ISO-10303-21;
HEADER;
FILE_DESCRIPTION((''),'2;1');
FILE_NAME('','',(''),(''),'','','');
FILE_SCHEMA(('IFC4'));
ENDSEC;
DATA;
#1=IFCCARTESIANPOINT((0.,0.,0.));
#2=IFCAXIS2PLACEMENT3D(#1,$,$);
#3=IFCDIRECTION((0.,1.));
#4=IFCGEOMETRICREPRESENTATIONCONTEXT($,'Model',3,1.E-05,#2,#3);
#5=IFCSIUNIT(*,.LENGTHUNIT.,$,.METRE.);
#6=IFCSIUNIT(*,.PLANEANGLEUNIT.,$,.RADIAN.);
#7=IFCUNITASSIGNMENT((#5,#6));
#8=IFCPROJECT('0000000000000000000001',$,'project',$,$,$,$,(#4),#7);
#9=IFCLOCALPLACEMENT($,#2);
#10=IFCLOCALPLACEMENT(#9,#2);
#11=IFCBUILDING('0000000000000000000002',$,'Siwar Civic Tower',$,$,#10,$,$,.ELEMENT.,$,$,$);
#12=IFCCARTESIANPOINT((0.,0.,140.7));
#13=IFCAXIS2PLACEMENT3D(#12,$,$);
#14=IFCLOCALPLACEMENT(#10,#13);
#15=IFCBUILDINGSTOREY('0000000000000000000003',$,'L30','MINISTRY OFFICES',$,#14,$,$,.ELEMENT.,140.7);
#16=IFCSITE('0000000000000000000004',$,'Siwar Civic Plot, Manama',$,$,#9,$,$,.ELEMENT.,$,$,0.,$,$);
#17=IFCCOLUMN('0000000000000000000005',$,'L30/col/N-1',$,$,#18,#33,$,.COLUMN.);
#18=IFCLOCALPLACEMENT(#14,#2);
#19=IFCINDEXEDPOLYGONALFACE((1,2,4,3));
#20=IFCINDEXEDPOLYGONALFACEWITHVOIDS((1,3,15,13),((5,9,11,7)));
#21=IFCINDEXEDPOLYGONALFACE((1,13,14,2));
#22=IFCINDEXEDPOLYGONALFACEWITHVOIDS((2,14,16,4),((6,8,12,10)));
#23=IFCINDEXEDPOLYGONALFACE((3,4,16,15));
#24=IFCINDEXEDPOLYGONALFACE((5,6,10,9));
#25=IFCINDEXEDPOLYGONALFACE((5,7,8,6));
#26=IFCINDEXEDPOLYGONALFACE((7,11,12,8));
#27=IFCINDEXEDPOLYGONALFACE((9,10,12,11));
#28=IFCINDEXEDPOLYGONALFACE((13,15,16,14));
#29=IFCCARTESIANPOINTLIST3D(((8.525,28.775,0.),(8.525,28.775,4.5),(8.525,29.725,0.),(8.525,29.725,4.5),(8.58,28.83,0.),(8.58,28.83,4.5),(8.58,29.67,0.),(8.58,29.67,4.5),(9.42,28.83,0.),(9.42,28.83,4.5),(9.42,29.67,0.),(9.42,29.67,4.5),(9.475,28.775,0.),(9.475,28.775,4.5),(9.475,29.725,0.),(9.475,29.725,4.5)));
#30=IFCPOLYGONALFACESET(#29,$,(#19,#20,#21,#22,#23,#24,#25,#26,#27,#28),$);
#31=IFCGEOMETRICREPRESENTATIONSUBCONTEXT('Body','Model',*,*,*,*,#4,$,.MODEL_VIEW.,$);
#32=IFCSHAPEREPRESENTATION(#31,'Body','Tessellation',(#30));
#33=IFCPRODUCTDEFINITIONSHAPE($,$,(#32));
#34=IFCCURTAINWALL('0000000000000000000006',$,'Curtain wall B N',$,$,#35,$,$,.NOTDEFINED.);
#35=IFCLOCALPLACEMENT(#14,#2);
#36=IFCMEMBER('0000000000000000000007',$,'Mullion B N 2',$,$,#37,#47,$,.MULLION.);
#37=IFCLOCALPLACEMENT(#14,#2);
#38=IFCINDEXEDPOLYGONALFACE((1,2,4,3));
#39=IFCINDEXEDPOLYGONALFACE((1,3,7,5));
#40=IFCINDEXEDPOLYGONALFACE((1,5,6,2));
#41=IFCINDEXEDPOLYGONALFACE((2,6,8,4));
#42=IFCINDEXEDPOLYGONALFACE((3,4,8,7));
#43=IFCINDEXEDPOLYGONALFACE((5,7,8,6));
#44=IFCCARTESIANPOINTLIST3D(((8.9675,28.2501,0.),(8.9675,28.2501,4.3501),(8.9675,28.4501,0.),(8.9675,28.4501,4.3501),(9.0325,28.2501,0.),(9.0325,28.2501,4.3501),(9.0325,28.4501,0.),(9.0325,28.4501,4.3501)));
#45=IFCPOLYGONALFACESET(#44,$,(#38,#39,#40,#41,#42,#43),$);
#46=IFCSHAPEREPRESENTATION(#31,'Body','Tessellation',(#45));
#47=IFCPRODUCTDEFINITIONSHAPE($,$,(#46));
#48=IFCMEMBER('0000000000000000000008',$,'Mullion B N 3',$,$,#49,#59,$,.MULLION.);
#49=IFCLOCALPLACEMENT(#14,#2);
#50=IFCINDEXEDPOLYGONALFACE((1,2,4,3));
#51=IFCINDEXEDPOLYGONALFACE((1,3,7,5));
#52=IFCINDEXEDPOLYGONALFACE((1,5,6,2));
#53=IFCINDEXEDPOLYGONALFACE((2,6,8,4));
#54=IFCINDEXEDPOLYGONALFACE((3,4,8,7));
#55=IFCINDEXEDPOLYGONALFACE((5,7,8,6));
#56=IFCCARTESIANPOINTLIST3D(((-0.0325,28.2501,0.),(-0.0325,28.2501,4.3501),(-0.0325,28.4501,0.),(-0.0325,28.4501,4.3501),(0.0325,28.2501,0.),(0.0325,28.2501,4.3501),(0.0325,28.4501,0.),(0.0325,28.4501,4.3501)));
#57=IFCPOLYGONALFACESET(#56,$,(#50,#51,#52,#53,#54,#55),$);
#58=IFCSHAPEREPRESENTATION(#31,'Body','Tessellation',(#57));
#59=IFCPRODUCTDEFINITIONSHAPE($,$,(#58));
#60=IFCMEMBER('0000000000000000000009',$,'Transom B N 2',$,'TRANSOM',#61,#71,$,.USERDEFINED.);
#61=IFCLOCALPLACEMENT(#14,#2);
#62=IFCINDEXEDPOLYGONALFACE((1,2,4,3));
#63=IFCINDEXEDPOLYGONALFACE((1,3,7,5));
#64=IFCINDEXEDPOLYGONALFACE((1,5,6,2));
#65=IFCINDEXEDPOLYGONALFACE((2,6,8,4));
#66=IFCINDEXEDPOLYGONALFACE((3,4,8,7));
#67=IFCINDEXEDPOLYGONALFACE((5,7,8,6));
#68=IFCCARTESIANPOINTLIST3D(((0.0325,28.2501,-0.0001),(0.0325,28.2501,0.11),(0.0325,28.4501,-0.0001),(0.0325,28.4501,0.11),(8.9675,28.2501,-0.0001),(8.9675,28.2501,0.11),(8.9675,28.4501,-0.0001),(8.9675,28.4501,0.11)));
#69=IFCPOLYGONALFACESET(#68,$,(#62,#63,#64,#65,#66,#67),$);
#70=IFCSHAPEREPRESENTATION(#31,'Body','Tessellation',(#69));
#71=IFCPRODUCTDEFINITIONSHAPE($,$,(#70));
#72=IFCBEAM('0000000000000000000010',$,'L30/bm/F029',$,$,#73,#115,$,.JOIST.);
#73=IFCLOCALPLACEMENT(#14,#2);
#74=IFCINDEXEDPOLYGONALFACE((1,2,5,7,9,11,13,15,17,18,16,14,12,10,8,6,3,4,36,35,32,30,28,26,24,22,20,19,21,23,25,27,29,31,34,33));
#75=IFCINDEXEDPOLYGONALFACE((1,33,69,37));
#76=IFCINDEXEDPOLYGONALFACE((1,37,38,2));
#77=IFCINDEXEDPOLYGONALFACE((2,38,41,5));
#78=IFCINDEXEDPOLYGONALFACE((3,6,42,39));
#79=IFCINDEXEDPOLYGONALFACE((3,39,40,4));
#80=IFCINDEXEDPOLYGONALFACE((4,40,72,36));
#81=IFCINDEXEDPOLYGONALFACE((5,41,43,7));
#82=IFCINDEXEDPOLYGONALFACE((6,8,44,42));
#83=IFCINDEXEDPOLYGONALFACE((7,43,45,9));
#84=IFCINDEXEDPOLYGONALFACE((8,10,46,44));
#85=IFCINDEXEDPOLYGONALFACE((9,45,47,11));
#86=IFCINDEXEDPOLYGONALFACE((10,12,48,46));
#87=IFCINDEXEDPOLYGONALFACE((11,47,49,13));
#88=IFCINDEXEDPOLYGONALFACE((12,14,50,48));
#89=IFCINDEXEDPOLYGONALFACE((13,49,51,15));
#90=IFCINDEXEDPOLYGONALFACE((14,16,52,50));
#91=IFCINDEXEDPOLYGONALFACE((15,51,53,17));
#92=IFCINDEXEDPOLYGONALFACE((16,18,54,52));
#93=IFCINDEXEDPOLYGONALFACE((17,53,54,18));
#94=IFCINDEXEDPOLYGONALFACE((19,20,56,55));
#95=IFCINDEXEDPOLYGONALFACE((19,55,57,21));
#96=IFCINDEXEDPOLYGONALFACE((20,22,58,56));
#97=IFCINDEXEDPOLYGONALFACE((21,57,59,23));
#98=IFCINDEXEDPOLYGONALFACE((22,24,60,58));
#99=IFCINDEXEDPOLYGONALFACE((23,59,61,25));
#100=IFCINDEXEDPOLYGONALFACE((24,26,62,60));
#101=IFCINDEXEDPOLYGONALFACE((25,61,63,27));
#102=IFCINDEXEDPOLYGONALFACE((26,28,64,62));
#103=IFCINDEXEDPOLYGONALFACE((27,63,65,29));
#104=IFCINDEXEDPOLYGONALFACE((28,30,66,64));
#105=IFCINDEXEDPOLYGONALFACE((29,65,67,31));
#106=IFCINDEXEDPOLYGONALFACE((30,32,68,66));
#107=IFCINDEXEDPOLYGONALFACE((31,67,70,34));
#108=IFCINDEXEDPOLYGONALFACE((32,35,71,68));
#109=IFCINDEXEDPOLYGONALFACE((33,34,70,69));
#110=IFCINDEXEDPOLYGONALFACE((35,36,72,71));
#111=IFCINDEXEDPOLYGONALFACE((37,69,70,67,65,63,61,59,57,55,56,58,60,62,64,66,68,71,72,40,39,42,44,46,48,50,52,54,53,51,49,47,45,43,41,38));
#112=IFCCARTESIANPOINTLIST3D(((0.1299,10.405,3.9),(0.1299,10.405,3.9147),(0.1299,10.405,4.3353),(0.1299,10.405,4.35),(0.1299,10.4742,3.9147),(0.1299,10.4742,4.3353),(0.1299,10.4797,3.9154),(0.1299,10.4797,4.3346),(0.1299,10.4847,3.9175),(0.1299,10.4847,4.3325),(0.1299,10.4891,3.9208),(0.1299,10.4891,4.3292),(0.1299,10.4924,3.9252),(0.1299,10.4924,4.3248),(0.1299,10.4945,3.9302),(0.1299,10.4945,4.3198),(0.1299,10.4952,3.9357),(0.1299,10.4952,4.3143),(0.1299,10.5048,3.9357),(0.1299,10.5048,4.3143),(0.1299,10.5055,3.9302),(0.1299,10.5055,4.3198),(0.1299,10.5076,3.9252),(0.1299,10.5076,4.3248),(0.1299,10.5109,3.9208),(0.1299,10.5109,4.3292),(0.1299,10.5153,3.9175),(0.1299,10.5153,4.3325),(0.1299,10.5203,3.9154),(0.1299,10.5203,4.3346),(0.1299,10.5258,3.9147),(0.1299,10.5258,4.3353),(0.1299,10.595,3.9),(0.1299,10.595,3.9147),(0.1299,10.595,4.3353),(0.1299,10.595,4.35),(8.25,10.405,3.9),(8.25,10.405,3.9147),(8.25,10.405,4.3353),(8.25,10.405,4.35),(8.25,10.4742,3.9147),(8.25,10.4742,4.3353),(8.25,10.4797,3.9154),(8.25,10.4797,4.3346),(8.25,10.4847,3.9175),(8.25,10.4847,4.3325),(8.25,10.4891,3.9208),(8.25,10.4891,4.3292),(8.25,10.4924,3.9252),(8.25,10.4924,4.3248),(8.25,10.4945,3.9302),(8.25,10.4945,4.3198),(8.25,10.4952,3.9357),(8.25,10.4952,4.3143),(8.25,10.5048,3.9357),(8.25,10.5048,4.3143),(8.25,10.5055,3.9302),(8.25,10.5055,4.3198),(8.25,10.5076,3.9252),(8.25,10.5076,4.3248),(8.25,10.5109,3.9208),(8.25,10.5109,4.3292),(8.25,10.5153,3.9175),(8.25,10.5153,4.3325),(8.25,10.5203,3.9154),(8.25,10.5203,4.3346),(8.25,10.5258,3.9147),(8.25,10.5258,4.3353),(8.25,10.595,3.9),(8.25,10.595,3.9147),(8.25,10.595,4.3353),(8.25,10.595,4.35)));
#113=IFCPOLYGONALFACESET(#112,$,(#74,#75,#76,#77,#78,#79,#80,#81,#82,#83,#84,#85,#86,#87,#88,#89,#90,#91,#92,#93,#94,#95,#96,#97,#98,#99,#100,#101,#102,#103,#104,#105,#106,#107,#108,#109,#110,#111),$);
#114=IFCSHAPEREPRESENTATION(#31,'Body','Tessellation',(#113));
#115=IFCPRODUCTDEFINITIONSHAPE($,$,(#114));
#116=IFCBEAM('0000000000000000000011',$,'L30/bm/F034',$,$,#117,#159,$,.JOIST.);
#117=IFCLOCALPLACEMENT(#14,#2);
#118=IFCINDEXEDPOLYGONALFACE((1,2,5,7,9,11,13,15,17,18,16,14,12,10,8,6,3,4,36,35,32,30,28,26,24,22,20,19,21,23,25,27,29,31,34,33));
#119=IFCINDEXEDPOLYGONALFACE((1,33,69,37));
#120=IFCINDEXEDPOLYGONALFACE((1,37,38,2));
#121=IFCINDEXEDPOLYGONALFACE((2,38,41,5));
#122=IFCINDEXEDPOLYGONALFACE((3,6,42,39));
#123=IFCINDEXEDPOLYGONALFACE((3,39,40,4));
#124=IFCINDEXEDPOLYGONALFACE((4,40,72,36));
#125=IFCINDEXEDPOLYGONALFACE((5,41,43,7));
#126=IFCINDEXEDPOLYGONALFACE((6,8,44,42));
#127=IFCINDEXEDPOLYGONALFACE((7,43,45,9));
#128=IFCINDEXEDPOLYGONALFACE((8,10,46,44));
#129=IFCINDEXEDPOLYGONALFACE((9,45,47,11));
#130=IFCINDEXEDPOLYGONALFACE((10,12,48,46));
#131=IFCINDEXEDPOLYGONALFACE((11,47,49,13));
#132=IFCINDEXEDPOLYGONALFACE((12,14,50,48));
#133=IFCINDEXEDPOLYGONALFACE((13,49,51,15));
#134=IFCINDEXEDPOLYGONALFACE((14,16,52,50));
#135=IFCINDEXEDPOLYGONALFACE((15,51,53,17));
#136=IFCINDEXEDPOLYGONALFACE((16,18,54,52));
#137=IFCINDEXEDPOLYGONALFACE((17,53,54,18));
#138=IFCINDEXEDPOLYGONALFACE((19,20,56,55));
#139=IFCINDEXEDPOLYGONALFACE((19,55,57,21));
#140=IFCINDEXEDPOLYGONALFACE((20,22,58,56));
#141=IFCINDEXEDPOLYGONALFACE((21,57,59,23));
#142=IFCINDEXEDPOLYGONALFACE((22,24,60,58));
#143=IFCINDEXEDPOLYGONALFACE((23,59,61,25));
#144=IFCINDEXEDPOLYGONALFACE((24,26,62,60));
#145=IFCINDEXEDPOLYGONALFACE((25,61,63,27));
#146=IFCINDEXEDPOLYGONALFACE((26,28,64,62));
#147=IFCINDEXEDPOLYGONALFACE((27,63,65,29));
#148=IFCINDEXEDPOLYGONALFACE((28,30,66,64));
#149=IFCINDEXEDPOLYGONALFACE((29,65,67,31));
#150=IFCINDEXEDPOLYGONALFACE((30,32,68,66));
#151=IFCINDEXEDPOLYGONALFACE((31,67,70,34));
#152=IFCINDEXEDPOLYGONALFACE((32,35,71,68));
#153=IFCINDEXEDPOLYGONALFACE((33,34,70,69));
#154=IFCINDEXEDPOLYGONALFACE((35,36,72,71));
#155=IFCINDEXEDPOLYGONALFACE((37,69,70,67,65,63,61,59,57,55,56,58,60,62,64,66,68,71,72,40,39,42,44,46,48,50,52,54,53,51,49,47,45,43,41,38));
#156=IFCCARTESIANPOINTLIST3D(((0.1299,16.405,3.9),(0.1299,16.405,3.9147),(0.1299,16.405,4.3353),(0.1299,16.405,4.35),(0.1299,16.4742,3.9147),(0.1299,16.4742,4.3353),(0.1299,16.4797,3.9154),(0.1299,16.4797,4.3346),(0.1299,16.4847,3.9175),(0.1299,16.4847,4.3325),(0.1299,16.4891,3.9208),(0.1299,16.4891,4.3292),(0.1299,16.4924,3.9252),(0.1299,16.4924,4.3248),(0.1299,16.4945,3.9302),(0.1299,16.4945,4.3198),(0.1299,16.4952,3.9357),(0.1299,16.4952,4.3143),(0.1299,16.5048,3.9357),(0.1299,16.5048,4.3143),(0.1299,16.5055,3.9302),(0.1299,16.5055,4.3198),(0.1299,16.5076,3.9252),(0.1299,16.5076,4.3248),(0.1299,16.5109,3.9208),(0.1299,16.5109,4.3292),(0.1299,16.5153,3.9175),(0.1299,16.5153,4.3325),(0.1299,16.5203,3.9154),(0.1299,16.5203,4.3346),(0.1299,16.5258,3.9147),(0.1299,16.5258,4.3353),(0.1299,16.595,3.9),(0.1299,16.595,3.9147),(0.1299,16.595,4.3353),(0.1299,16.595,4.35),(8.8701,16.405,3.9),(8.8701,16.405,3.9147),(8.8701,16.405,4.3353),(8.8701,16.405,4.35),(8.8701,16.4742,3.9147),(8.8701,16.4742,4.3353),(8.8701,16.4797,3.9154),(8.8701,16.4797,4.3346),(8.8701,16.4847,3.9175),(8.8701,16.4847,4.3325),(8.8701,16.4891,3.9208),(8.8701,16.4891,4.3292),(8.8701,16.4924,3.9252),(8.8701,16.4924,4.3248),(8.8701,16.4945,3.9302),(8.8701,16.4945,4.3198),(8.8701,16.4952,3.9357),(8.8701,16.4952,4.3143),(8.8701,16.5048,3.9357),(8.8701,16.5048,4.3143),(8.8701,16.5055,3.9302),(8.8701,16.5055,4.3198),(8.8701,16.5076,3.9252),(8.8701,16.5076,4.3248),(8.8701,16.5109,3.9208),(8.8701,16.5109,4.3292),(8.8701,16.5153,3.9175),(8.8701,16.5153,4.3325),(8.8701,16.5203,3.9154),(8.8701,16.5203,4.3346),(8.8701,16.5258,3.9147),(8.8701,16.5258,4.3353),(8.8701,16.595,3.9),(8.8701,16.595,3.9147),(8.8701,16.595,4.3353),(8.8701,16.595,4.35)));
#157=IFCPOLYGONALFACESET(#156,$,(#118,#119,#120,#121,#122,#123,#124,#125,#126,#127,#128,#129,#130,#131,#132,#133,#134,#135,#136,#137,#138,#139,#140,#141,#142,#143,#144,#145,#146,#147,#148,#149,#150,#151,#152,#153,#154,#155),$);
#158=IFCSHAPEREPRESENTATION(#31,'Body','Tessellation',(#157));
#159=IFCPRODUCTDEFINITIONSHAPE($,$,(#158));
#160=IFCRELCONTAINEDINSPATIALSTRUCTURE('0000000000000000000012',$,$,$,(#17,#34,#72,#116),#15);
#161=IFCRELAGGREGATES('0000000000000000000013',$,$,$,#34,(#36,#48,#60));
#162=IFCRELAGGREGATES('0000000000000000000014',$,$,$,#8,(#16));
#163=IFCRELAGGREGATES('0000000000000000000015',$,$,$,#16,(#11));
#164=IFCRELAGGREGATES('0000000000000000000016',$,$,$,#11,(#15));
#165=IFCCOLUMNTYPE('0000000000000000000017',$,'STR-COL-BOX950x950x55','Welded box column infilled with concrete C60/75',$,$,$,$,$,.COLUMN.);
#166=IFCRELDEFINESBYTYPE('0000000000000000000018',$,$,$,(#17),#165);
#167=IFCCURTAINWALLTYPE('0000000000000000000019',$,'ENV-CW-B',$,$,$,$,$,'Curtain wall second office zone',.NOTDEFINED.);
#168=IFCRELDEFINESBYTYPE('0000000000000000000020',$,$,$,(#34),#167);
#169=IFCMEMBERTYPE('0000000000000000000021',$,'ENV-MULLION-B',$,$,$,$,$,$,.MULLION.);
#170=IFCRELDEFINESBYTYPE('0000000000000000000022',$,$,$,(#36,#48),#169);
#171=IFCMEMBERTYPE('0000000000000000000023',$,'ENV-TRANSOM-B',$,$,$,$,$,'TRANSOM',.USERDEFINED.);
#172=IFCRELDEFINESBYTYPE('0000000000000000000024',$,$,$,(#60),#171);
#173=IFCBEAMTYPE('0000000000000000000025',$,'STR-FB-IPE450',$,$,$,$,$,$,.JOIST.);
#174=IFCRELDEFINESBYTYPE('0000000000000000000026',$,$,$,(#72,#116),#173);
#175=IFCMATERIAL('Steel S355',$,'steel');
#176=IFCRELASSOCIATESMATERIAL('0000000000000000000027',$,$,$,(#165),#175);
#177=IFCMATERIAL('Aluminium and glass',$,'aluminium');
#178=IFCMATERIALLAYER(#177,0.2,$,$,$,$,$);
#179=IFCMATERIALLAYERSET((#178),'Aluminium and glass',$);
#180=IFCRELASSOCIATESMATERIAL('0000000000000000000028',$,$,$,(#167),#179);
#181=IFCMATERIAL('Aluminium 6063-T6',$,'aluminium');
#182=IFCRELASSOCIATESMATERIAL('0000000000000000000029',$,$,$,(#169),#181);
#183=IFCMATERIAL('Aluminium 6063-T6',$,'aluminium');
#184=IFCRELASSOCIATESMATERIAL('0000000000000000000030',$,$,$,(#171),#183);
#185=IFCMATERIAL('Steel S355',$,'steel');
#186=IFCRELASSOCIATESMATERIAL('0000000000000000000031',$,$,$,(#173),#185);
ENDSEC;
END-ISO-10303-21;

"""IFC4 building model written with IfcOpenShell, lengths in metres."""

from ifc_helpers import new_model, si_unit, direction, frame, origin, origin_2d, place, context, subcontext, project, spatial, rectangle, hollow_rectangle, i_section, extrude, material, layer, layer_set, material_profile, profile_set, type_object, element, aggregate, save


model = new_model("IFC4")

# Units and contexts
model_context = context("Model", 3, precision=1e-05, world=origin(), true_north=direction((0.0, 1.0)))
body_context = subcontext(model_context, "Body", "Model", "MODEL_VIEW")
ifc_project = project(units=[si_unit("LENGTHUNIT", "METRE"), si_unit("PLANEANGLEUNIT", "RADIAN")], contexts=[model_context])

# Site, building, storey
site_placement = place(None, origin())
site = spatial("IfcSite", under=ifc_project, at=site_placement, Name="Siwar Civic Plot, Manama", CompositionType="ELEMENT", RefElevation=0.0)
building_placement = place(site_placement, origin())
building = spatial("IfcBuilding", under=site, at=building_placement, Name="Siwar Civic Tower", CompositionType="ELEMENT")
storey_placement = place(building_placement, frame((0.0, 0.0, 140.7)))
storey = spatial("IfcBuildingStorey", under=building, at=storey_placement, Name="L30", Description="MINISTRY OFFICES", CompositionType="ELEMENT", Elevation=140.7)

# Column
ifc_material_1 = material(Name="Steel S355", Category="steel")
ifc_material_profile_1 = material_profile(ifc_material_1, hollow_rectangle(XDim=0.95, YDim=0.95, WallThickness=0.0549, at=origin_2d()), Name="BOX950x950x55")
ifc_profile_set_1 = profile_set([ifc_material_profile_1], Name="Steel S355")
column_type = type_object("IfcColumnType", Name="STR-COL-BOX950x950x55", Description="Welded box column infilled with concrete C60/75", PredefinedType="COLUMN", material=ifc_profile_set_1)
column_placement = place(storey_placement, frame((9.0, 29.25, 0.0), z_axis=(0.0, 0.0, 1.0), x_axis=(1.0, 0.0, 0.0)))
element("IfcColumn", 1, at=column_placement, inside=storey, type_object=column_type, Name="L30/col/N-1", PredefinedType="COLUMN", context=body_context, shape_type="SweptSolid", body=[
    extrude(hollow_rectangle(XDim=0.95, YDim=0.95, WallThickness=0.0549, at=origin_2d()), origin(), (0.0, 0.0, 1.0), 4.5),
])

# Curtain wall, members
ifc_material_2 = material(Name="Aluminium and glass", Category="aluminium")
ifc_layer_1 = layer(ifc_material_2, 0.2)
ifc_layer_set_1 = layer_set([ifc_layer_1], Name="Aluminium and glass")
curtain_wall_type = type_object("IfcCurtainWallType", Name="ENV-CW-B", ElementType="Curtain wall second office zone", PredefinedType="NOTDEFINED", material=ifc_layer_set_1)
curtain_wall_placement = place(storey_placement, origin())
curtain_wall = element("IfcCurtainWall", 2, at=curtain_wall_placement, inside=storey, type_object=curtain_wall_type, Name="Curtain wall B N", PredefinedType="NOTDEFINED")
ifc_material_3 = material(Name="Aluminium 6063-T6", Category="aluminium")
ifc_material_profile_2 = material_profile(ifc_material_3, rectangle(XDim=0.2, YDim=0.0649, at=origin_2d()), Name="AL 200x65")
ifc_profile_set_2 = profile_set([ifc_material_profile_2], Name="Aluminium 6063-T6")
member_type_1 = type_object("IfcMemberType", Name="ENV-MULLION-B", PredefinedType="MULLION", material=ifc_profile_set_2)
member_1_placement = place(storey_placement, frame((9.0, 28.3501, 0.0), z_axis=(0.0, 0.0, 1.0), x_axis=(0.0, -1.0, 0.0)))
member_1 = element("IfcMember", 3, at=member_1_placement, type_object=member_type_1, Name="Mullion B N 2", PredefinedType="MULLION", context=body_context, shape_type="SweptSolid", body=[
    extrude(rectangle(XDim=0.2, YDim=0.0649, at=origin_2d()), origin(), (0.0, 0.0, 1.0), 4.3501),
])
member_2_placement = place(storey_placement, frame((0.0, 28.3501, 0.0), z_axis=(0.0, 0.0, 1.0), x_axis=(0.0, -1.0, 0.0)))
member_2 = element("IfcMember", 4, at=member_2_placement, type_object=member_type_1, Name="Mullion B N 3", PredefinedType="MULLION", context=body_context, shape_type="SweptSolid", body=[
    extrude(rectangle(XDim=0.2, YDim=0.0649, at=origin_2d()), origin(), (0.0, 0.0, 1.0), 4.3501),
])
ifc_material_4 = material(Name="Aluminium 6063-T6", Category="aluminium")
ifc_material_profile_3 = material_profile(ifc_material_4, rectangle(XDim=0.2, YDim=0.1101, at=origin_2d()), Name="AL 200x110")
ifc_profile_set_3 = profile_set([ifc_material_profile_3], Name="Aluminium 6063-T6")
member_type_2 = type_object("IfcMemberType", Name="ENV-TRANSOM-B", ElementType="TRANSOM", PredefinedType="USERDEFINED", material=ifc_profile_set_3)
member_3_placement = place(storey_placement, frame((8.9675, 28.3501, 0.0549), z_axis=(-1.0, 0.0, 0.0), x_axis=(0.0, -1.0, 0.0)))
member_3 = element("IfcMember", 5, at=member_3_placement, type_object=member_type_2, Name="Transom B N 2", ObjectType="TRANSOM", PredefinedType="USERDEFINED", context=body_context, shape_type="SweptSolid", body=[
    extrude(rectangle(XDim=0.2, YDim=0.1101, at=origin_2d()), origin(), (0.0, 0.0, 1.0), 8.9351),
])

# Beams
ifc_material_5 = material(Name="Steel S355", Category="steel")
ifc_material_profile_4 = material_profile(ifc_material_5, i_section(OverallWidth=0.1899, OverallDepth=0.45, WebThickness=0.0095, FlangeThickness=0.0146, FilletRadius=0.021, at=origin_2d()), Name="IPE450")
ifc_profile_set_4 = profile_set([ifc_material_profile_4], Name="Steel S355")
beam_type_1 = type_object("IfcBeamType", Name="STR-FB-IPE450", PredefinedType="JOIST", material=ifc_profile_set_4)
beam_1_placement = place(storey_placement, frame((0.1299, 10.5, 4.125), z_axis=(1.0, 0.0, 0.0), x_axis=(0.0, 1.0, 0.0)))
element("IfcBeam", 6, at=beam_1_placement, inside=storey, type_object=beam_type_1, Name="L30/bm/F029", PredefinedType="JOIST", context=body_context, shape_type="SweptSolid", body=[
    extrude(i_section(OverallWidth=0.1899, OverallDepth=0.45, WebThickness=0.0095, FlangeThickness=0.0146, FilletRadius=0.021, at=origin_2d()), origin(), (0.0, 0.0, 1.0), 8.1201),
])
for number, where, z_axis, x_axis, name in (
    (7, (0.1299, 16.5, 4.125), (1.0, 0.0, 0.0), (0.0, 1.0, 0.0), "L30/bm/F034"),
):
    element("IfcBeam", number, at=place(storey_placement, frame(where, z_axis=z_axis, x_axis=x_axis)), inside=storey, type_object=beam_type_1, Name=name, PredefinedType="JOIST", context=body_context, shape_type="SweptSolid", body=[
        extrude(i_section(OverallWidth=0.1899, OverallDepth=0.45, WebThickness=0.0095, FlangeThickness=0.0146, FilletRadius=0.021, at=origin_2d()), origin(), (0.0, 0.0, 1.0), 8.7402),
    ])

aggregate(curtain_wall, [member_1, member_2, member_3])

save(model, "model.ifc")
